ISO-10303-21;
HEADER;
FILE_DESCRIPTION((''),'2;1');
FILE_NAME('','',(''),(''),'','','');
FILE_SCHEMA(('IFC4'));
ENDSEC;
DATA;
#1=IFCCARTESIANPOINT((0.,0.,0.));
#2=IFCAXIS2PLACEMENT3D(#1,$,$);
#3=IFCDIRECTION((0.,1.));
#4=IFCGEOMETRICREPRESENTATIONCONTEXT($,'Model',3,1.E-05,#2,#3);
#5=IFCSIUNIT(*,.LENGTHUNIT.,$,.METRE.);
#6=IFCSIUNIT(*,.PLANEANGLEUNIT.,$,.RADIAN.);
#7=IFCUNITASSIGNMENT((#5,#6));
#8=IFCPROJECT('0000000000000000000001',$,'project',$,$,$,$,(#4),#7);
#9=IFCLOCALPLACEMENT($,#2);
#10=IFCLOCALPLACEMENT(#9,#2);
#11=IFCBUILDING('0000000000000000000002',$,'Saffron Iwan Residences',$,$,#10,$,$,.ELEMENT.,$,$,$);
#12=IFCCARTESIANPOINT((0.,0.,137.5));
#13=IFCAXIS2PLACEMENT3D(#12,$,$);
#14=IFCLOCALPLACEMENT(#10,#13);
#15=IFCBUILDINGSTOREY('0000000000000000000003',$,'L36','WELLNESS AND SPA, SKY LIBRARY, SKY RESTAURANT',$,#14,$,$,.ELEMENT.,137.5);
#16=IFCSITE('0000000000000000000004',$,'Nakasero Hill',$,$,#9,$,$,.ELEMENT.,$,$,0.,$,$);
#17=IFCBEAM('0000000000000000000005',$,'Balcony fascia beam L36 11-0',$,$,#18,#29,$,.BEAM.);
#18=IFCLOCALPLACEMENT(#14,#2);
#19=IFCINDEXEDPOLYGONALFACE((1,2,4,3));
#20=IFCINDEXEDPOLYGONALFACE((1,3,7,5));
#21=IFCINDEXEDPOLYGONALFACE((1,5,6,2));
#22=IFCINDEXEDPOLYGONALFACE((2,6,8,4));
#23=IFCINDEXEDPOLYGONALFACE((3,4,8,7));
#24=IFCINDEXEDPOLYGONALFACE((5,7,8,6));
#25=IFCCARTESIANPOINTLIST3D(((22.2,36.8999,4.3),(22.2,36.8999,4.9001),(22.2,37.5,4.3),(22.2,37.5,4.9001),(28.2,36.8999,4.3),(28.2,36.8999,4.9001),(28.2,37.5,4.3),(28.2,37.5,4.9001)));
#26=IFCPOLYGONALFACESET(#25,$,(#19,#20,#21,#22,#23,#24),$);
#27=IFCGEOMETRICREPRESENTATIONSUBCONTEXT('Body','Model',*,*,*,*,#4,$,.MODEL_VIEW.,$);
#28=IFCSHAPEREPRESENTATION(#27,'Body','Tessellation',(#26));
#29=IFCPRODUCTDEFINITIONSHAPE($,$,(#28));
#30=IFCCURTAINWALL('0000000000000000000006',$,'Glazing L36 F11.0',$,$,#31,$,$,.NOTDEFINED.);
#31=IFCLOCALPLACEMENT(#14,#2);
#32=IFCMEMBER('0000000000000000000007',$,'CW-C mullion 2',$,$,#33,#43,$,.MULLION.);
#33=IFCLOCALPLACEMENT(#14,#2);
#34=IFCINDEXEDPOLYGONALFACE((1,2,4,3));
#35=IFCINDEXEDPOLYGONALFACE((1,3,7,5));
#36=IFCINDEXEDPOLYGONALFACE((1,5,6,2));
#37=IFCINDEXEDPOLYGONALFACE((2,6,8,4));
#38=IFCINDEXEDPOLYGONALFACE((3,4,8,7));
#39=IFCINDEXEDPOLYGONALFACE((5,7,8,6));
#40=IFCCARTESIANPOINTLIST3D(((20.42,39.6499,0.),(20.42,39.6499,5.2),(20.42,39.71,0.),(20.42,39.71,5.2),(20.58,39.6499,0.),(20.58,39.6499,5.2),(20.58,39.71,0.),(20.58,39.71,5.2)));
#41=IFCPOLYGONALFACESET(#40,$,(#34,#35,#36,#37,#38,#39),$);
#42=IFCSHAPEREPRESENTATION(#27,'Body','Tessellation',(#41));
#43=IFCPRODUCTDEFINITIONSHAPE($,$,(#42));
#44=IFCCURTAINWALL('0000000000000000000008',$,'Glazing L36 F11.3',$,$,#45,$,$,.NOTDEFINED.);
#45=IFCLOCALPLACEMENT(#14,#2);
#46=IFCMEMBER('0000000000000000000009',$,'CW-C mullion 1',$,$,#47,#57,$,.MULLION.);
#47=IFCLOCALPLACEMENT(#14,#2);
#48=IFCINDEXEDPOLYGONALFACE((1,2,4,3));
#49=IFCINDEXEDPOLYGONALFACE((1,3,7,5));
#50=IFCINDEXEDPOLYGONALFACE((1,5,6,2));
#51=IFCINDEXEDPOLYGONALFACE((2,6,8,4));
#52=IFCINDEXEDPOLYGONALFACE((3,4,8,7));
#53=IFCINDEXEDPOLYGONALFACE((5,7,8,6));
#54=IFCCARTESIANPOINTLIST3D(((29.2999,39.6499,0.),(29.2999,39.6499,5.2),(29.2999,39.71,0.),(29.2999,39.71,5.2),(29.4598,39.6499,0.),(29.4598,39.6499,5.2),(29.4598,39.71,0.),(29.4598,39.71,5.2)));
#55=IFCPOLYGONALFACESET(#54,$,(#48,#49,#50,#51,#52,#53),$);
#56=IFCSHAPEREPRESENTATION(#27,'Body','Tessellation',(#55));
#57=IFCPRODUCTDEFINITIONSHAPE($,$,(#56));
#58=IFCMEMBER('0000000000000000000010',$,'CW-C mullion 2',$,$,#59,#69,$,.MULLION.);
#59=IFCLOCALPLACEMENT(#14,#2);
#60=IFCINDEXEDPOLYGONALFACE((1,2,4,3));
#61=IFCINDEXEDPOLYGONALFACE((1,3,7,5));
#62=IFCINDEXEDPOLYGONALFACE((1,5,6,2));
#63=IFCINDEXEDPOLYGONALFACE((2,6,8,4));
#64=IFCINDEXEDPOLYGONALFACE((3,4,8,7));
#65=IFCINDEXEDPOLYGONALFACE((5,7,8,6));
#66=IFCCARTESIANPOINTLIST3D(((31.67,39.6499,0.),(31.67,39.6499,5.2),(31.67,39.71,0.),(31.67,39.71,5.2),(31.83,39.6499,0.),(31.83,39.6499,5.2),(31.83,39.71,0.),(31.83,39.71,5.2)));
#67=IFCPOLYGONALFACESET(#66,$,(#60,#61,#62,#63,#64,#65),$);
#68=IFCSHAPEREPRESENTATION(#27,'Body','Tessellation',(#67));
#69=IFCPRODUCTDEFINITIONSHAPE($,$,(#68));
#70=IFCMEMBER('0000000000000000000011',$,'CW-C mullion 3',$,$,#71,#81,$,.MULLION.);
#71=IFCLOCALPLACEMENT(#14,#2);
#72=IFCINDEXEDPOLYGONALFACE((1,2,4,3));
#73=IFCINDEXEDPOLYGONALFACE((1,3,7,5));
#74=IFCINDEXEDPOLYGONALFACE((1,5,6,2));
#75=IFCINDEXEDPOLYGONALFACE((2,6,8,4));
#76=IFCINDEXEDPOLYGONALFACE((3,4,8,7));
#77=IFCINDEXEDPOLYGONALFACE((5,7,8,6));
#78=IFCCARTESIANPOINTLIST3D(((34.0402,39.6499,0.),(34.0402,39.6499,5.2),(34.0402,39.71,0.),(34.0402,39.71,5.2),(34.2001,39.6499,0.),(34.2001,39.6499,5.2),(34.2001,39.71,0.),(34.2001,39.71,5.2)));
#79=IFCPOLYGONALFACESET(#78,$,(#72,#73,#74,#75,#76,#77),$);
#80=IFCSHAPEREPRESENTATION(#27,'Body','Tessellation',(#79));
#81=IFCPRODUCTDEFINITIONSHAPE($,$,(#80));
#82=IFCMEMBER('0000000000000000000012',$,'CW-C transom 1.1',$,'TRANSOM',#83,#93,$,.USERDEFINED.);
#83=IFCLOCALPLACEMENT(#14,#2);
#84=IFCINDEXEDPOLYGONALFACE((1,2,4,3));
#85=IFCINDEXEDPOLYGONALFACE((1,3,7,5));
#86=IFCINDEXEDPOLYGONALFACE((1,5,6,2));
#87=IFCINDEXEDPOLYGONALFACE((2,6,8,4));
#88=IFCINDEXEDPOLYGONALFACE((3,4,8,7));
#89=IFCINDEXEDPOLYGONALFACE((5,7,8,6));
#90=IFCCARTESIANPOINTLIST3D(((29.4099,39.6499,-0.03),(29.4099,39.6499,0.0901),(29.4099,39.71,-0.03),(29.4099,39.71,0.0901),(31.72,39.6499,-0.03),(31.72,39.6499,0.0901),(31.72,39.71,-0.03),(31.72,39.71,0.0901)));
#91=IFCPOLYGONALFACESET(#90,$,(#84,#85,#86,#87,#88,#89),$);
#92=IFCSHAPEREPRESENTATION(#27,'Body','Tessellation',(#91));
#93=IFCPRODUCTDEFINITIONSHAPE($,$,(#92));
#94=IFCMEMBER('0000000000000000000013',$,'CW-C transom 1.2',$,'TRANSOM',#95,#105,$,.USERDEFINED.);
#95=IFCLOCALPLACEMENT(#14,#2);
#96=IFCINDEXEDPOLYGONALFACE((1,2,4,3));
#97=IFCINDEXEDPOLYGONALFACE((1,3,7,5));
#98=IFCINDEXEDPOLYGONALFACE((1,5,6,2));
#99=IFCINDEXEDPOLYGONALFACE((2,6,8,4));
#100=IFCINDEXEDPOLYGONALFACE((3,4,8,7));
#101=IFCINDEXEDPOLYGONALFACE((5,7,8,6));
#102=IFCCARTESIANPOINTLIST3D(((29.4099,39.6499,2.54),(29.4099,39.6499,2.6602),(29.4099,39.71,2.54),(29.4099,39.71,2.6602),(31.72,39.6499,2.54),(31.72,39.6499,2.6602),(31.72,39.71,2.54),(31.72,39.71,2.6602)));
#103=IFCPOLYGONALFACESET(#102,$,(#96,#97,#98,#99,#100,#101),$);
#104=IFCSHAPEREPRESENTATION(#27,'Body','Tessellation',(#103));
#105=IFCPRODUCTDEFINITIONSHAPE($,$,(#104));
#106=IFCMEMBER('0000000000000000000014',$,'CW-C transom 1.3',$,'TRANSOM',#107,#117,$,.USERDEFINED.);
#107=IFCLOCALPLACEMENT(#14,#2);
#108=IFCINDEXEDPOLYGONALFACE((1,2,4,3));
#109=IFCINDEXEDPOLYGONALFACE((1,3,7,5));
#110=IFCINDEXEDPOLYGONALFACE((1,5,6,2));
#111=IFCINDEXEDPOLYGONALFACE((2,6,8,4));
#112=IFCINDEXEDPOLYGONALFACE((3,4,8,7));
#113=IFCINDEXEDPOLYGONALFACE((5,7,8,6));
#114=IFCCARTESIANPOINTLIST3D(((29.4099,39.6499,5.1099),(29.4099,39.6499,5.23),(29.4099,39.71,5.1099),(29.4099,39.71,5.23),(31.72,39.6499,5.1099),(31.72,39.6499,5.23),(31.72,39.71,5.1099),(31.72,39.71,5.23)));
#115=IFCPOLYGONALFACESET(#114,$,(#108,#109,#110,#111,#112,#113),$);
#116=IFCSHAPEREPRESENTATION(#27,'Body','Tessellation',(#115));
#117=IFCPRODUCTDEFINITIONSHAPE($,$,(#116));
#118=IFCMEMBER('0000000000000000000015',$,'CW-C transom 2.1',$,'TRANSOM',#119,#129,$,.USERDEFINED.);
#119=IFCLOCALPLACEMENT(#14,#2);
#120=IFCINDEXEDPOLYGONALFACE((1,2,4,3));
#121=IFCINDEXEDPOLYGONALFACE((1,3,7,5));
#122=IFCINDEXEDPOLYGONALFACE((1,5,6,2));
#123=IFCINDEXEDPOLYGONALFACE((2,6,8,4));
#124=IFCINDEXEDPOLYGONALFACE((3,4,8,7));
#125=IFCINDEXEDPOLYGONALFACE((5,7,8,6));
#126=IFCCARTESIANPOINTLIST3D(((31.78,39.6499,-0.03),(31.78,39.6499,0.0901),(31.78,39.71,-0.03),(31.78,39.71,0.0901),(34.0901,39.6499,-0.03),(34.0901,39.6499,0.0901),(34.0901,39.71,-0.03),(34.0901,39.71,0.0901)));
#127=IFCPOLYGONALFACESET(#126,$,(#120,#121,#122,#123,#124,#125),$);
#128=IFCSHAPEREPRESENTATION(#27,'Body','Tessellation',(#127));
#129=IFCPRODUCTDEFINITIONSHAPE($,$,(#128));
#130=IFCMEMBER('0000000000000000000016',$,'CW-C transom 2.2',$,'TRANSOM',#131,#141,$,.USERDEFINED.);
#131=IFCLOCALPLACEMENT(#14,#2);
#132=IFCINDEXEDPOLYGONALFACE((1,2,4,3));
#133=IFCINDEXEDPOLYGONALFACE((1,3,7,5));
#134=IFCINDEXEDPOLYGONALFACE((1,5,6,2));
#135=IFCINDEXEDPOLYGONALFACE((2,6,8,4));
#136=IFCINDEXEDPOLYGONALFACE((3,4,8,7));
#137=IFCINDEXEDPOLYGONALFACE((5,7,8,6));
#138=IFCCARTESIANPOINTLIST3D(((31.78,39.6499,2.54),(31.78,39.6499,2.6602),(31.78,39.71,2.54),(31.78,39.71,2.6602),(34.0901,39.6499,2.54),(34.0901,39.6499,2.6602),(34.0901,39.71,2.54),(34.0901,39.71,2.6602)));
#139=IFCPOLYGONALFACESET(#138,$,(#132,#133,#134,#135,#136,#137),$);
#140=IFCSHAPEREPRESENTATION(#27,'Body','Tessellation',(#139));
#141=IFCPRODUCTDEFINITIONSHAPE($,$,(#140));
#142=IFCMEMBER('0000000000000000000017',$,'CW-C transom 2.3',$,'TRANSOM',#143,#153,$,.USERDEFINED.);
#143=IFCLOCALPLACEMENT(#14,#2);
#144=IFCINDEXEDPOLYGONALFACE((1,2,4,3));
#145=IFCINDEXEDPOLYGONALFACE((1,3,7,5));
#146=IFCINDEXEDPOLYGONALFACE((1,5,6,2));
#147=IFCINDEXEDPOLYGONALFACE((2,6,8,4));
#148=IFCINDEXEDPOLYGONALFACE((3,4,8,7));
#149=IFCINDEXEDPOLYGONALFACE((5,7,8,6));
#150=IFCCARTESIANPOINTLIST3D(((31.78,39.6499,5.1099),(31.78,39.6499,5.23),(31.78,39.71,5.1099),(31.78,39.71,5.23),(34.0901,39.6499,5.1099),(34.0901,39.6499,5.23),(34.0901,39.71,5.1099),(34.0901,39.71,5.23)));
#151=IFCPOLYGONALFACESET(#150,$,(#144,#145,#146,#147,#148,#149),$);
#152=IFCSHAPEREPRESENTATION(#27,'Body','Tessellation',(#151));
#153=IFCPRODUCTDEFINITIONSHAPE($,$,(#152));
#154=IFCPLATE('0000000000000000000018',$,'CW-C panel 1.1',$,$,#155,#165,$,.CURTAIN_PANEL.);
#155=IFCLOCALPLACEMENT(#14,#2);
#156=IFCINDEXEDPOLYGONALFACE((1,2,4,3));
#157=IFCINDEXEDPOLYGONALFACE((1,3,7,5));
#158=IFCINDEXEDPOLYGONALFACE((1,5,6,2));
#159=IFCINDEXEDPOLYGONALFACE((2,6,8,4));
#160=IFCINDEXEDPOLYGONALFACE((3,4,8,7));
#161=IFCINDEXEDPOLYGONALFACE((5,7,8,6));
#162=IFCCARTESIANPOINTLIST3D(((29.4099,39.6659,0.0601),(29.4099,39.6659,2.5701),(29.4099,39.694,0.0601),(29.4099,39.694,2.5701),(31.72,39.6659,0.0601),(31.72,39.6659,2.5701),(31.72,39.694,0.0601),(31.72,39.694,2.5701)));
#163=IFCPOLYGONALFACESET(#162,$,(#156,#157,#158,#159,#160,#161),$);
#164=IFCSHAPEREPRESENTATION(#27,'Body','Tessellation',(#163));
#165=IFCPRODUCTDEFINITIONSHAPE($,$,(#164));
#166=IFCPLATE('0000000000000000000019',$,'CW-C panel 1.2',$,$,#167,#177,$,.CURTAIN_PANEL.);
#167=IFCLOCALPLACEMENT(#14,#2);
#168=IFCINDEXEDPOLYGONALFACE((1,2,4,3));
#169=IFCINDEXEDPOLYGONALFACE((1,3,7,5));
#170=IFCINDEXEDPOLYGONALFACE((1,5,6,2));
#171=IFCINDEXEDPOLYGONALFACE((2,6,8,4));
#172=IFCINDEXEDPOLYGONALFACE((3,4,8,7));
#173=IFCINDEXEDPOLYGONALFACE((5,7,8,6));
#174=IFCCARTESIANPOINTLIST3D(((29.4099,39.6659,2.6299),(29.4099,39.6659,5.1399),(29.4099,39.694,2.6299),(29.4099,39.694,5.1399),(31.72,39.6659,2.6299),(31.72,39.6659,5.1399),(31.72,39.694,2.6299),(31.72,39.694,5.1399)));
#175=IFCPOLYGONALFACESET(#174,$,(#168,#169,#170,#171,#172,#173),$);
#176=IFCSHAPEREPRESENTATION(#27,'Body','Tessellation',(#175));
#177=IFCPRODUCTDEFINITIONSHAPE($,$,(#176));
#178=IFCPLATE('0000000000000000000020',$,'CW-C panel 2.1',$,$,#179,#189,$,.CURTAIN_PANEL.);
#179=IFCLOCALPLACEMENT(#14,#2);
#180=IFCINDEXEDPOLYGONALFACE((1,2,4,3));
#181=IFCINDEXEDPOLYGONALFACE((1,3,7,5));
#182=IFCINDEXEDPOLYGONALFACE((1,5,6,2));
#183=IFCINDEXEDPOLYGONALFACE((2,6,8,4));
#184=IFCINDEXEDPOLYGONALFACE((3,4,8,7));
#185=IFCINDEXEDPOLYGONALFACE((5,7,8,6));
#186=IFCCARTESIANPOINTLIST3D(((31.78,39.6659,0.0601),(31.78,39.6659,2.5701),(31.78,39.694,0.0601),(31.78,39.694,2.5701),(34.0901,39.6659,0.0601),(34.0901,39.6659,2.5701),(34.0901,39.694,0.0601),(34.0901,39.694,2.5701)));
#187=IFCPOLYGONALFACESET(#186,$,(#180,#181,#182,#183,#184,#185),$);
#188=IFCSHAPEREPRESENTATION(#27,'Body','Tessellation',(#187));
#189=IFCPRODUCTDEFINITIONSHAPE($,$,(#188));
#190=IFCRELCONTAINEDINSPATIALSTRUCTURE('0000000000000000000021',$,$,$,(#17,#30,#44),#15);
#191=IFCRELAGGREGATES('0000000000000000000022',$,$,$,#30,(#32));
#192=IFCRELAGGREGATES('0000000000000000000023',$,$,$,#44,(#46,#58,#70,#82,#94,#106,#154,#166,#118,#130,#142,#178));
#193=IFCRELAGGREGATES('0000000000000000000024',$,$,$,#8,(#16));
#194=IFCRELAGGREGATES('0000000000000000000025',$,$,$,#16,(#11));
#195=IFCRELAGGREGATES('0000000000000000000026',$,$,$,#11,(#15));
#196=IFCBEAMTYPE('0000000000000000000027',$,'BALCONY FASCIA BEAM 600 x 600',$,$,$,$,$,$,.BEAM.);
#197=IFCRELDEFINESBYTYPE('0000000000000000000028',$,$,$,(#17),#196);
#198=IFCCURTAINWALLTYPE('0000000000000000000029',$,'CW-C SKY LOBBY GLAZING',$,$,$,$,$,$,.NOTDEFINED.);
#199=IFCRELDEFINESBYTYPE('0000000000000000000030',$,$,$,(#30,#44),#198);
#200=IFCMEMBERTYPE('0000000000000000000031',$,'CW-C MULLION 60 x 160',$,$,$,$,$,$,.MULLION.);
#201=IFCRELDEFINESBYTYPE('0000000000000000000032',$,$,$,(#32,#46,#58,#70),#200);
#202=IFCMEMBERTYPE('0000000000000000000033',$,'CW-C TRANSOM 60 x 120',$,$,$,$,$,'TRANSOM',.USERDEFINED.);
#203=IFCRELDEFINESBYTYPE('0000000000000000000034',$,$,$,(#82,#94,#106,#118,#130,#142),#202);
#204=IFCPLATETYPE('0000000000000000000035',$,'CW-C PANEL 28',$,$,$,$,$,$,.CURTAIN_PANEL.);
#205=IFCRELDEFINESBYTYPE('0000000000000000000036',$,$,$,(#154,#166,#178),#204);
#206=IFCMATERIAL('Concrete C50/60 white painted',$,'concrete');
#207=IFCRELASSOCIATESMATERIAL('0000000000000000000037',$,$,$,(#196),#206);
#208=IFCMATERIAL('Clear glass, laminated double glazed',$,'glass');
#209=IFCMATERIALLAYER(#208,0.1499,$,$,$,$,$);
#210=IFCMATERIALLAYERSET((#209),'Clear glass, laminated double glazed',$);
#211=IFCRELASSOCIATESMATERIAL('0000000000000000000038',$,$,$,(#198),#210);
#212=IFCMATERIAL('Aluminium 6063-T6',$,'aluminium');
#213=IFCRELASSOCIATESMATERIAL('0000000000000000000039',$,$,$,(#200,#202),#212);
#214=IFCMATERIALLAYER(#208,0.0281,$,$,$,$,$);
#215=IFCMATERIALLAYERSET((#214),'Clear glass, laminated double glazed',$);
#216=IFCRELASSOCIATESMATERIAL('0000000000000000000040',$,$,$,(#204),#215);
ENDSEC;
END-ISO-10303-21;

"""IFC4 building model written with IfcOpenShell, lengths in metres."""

from ifc_helpers import new_model, si_unit, direction, frame, origin, origin_2d, place, context, subcontext, project, spatial, rectangle, extrude, source, transform, mapped, material, layer, layer_set, material_profile, profile_set, type_object, element, aggregate, save


model = new_model("IFC4")

# Units and contexts
model_context = context("Model", 3, precision=1e-05, world=origin(), true_north=direction((0.0, 1.0)))
body_context = subcontext(model_context, "Body", "Model", "MODEL_VIEW")
ifc_project = project(units=[si_unit("LENGTHUNIT", "METRE"), si_unit("PLANEANGLEUNIT", "RADIAN")], contexts=[model_context])

# Site, building, storey
site_placement = place(None, origin())
site = spatial("IfcSite", under=ifc_project, at=site_placement, Name="Nakasero Hill", CompositionType="ELEMENT", RefElevation=0.0)
building_placement = place(site_placement, origin())
building = spatial("IfcBuilding", under=site, at=building_placement, Name="Saffron Iwan Residences", CompositionType="ELEMENT")
storey_placement = place(building_placement, frame((0.0, 0.0, 137.5)))
storey = spatial("IfcBuildingStorey", under=building, at=storey_placement, Name="L36", Description="WELLNESS AND SPA, SKY LIBRARY, SKY RESTAURANT", CompositionType="ELEMENT", Elevation=137.5)

# Beam
ifc_material_1 = material(Name="Concrete C50/60 white painted", Category="concrete")
ifc_material_profile_1 = material_profile(ifc_material_1, rectangle(XDim=0.6001, YDim=0.6001, at=origin_2d()), Name="BALCONY FASCIA BEAM 600 x 600")
ifc_profile_set_1 = profile_set([ifc_material_profile_1], Name="Concrete C50/60 white painted")
beam_type = type_object("IfcBeamType", Name="BALCONY FASCIA BEAM 600 x 600", PredefinedType="BEAM", material=ifc_profile_set_1)
shared_shape_1 = source(origin(), body_context, "Body", "SweptSolid", [
    extrude(rectangle(XDim=0.6001, YDim=0.6001, at=origin_2d()), origin(), (0.0, 0.0, 1.0), 6.0),
])
beam_placement = place(storey_placement, frame((22.2, 37.2, 4.6001), z_axis=(1.0, 0.0, 0.0), x_axis=(0.0, 1.0, 0.0)))
element("IfcBeam", 1, at=beam_placement, inside=storey, type_object=beam_type, Name="Balcony fascia beam L36 11-0", PredefinedType="BEAM", context=body_context, shape_type="MappedRepresentation", body=[
    mapped(shared_shape_1, transform((0.0, 0.0, 0.0))),
])

# Curtain wall, member
ifc_material_2 = material(Name="Clear glass, laminated double glazed", Category="glass")
ifc_layer_1 = layer(ifc_material_2, 0.1499)
ifc_layer_set_1 = layer_set([ifc_layer_1], Name="Clear glass, laminated double glazed")
curtain_wall_type = type_object("IfcCurtainWallType", Name="CW-C SKY LOBBY GLAZING", PredefinedType="NOTDEFINED", material=ifc_layer_set_1)
curtain_wall_1_placement = place(storey_placement, origin())
curtain_wall_1 = element("IfcCurtainWall", 2, at=curtain_wall_1_placement, inside=storey, type_object=curtain_wall_type, Name="Glazing L36 F11.0", PredefinedType="NOTDEFINED")
ifc_material_3 = material(Name="Aluminium 6063-T6", Category="aluminium")
ifc_material_profile_2 = material_profile(ifc_material_3, rectangle(XDim=0.0601, YDim=0.1599, at=origin_2d()), Name="CW-C MULLION 60 x 160")
ifc_profile_set_2 = profile_set([ifc_material_profile_2], Name="Aluminium 6063-T6")
member_type_1 = type_object("IfcMemberType", Name="CW-C MULLION 60 x 160", PredefinedType="MULLION", material=ifc_profile_set_2)
shared_shape_2 = source(origin(), body_context, "Body", "SweptSolid", [
    extrude(rectangle(XDim=0.0601, YDim=0.1599, at=origin_2d()), origin(), (0.0, 0.0, 1.0), 5.2),
])
member_1_placement = place(storey_placement, frame((20.5, 39.6799, 0.0), z_axis=(0.0, 0.0, 1.0), x_axis=(0.0, 1.0, 0.0)))
member_1 = element("IfcMember", 3, at=member_1_placement, type_object=member_type_1, Name="CW-C mullion 2", PredefinedType="MULLION", context=body_context, shape_type="MappedRepresentation", body=[
    mapped(shared_shape_2, transform((0.0, 0.0, 0.0))),
])
aggregate(curtain_wall_1, [member_1])

# Curtain wall, members, plates
curtain_wall_2_placement = place(storey_placement, origin())
curtain_wall_2 = element("IfcCurtainWall", 4, at=curtain_wall_2_placement, inside=storey, type_object=curtain_wall_type, Name="Glazing L36 F11.3", PredefinedType="NOTDEFINED")
member_2_placement = place(storey_placement, frame((29.3799, 39.6799, 0.0), z_axis=(0.0, 0.0, 1.0), x_axis=(0.0, 1.0, 0.0)))
member_2 = element("IfcMember", 5, at=member_2_placement, type_object=member_type_1, Name="CW-C mullion 1", PredefinedType="MULLION", context=body_context, shape_type="MappedRepresentation", body=[
    mapped(shared_shape_2, transform((0.0, 0.0, 0.0))),
])
member_3_placement = place(storey_placement, frame((31.75, 39.6799, 0.0), z_axis=(0.0, 0.0, 1.0), x_axis=(0.0, 1.0, 0.0)))
member_3 = element("IfcMember", 6, at=member_3_placement, type_object=member_type_1, Name="CW-C mullion 2", PredefinedType="MULLION", context=body_context, shape_type="MappedRepresentation", body=[
    mapped(shared_shape_2, transform((0.0, 0.0, 0.0))),
])
member_4_placement = place(storey_placement, frame((34.1201, 39.6799, 0.0), z_axis=(0.0, 0.0, 1.0), x_axis=(0.0, 1.0, 0.0)))
member_4 = element("IfcMember", 7, at=member_4_placement, type_object=member_type_1, Name="CW-C mullion 3", PredefinedType="MULLION", context=body_context, shape_type="MappedRepresentation", body=[
    mapped(shared_shape_2, transform((0.0, 0.0, 0.0))),
])
ifc_material_profile_3 = material_profile(ifc_material_3, rectangle(XDim=0.0601, YDim=0.1201, at=origin_2d()), Name="CW-C TRANSOM 60 x 120")
ifc_profile_set_3 = profile_set([ifc_material_profile_3], Name="Aluminium 6063-T6")
member_type_2 = type_object("IfcMemberType", Name="CW-C TRANSOM 60 x 120", ElementType="TRANSOM", PredefinedType="USERDEFINED", material=ifc_profile_set_3)
shared_shape_3 = source(origin(), body_context, "Body", "SweptSolid", [
    extrude(rectangle(XDim=0.0601, YDim=0.1201, at=origin_2d()), origin(), (0.0, 0.0, 1.0), 2.3101),
])
member_5_placement = place(storey_placement, frame((29.4099, 39.6799, 0.03), z_axis=(1.0, 0.0, 0.0), x_axis=(0.0, 1.0, 0.0)))
member_5 = element("IfcMember", 8, at=member_5_placement, type_object=member_type_2, Name="CW-C transom 1.1", ObjectType="TRANSOM", PredefinedType="USERDEFINED", context=body_context, shape_type="MappedRepresentation", body=[
    mapped(shared_shape_3, transform((0.0, 0.0, 0.0))),
])
member_6_placement = place(storey_placement, frame((29.4099, 39.6799, 2.6001), z_axis=(1.0, 0.0, 0.0), x_axis=(0.0, 1.0, 0.0)))
member_6 = element("IfcMember", 9, at=member_6_placement, type_object=member_type_2, Name="CW-C transom 1.2", ObjectType="TRANSOM", PredefinedType="USERDEFINED", context=body_context, shape_type="MappedRepresentation", body=[
    mapped(shared_shape_3, transform((0.0, 0.0, 0.0))),
])
member_7_placement = place(storey_placement, frame((29.4099, 39.6799, 5.1699), z_axis=(1.0, 0.0, 0.0), x_axis=(0.0, 1.0, 0.0)))
member_7 = element("IfcMember", 10, at=member_7_placement, type_object=member_type_2, Name="CW-C transom 1.3", ObjectType="TRANSOM", PredefinedType="USERDEFINED", context=body_context, shape_type="MappedRepresentation", body=[
    mapped(shared_shape_3, transform((0.0, 0.0, 0.0))),
])
member_8_placement = place(storey_placement, frame((31.78, 39.6799, 0.03), z_axis=(1.0, 0.0, 0.0), x_axis=(0.0, 1.0, 0.0)))
member_8 = element("IfcMember", 11, at=member_8_placement, type_object=member_type_2, Name="CW-C transom 2.1", ObjectType="TRANSOM", PredefinedType="USERDEFINED", context=body_context, shape_type="MappedRepresentation", body=[
    mapped(shared_shape_3, transform((0.0, 0.0, 0.0))),
])
member_9_placement = place(storey_placement, frame((31.78, 39.6799, 2.6001), z_axis=(1.0, 0.0, 0.0), x_axis=(0.0, 1.0, 0.0)))
member_9 = element("IfcMember", 12, at=member_9_placement, type_object=member_type_2, Name="CW-C transom 2.2", ObjectType="TRANSOM", PredefinedType="USERDEFINED", context=body_context, shape_type="MappedRepresentation", body=[
    mapped(shared_shape_3, transform((0.0, 0.0, 0.0))),
])
member_10_placement = place(storey_placement, frame((31.78, 39.6799, 5.1699), z_axis=(1.0, 0.0, 0.0), x_axis=(0.0, 1.0, 0.0)))
member_10 = element("IfcMember", 13, at=member_10_placement, type_object=member_type_2, Name="CW-C transom 2.3", ObjectType="TRANSOM", PredefinedType="USERDEFINED", context=body_context, shape_type="MappedRepresentation", body=[
    mapped(shared_shape_3, transform((0.0, 0.0, 0.0))),
])
ifc_layer_2 = layer(ifc_material_2, 0.0281)
ifc_layer_set_2 = layer_set([ifc_layer_2], Name="Clear glass, laminated double glazed")
plate_type = type_object("IfcPlateType", Name="CW-C PANEL 28", PredefinedType="CURTAIN_PANEL", material=ifc_layer_set_2)
shared_shape_4 = source(origin(), body_context, "Body", "SweptSolid", [
    extrude(rectangle(XDim=2.3101, YDim=0.0281, at=origin_2d()), origin(), (0.0, 0.0, 1.0), 2.51),
])
plate_1_placement = place(storey_placement, frame((30.5649, 39.6799, 0.0601), z_axis=(0.0, 0.0, 1.0), x_axis=(1.0, 0.0, 0.0)))
plate_1 = element("IfcPlate", 14, at=plate_1_placement, type_object=plate_type, Name="CW-C panel 1.1", PredefinedType="CURTAIN_PANEL", context=body_context, shape_type="MappedRepresentation", body=[
    mapped(shared_shape_4, transform((0.0, 0.0, 0.0))),
])
plate_2_placement = place(storey_placement, frame((30.5649, 39.6799, 2.6299), z_axis=(0.0, 0.0, 1.0), x_axis=(1.0, 0.0, 0.0)))
plate_2 = element("IfcPlate", 15, at=plate_2_placement, type_object=plate_type, Name="CW-C panel 1.2", PredefinedType="CURTAIN_PANEL", context=body_context, shape_type="MappedRepresentation", body=[
    mapped(shared_shape_4, transform((0.0, 0.0, 0.0))),
])
plate_3_placement = place(storey_placement, frame((32.9351, 39.6799, 0.0601), z_axis=(0.0, 0.0, 1.0), x_axis=(1.0, 0.0, 0.0)))
plate_3 = element("IfcPlate", 16, at=plate_3_placement, type_object=plate_type, Name="CW-C panel 2.1", PredefinedType="CURTAIN_PANEL", context=body_context, shape_type="MappedRepresentation", body=[
    mapped(shared_shape_4, transform((0.0, 0.0, 0.0))),
])
aggregate(curtain_wall_2, [member_2, member_3, member_4, member_5, member_6, member_7, plate_1, plate_2, member_8, member_9, member_10, plate_3])

save(model, "model.ifc")
